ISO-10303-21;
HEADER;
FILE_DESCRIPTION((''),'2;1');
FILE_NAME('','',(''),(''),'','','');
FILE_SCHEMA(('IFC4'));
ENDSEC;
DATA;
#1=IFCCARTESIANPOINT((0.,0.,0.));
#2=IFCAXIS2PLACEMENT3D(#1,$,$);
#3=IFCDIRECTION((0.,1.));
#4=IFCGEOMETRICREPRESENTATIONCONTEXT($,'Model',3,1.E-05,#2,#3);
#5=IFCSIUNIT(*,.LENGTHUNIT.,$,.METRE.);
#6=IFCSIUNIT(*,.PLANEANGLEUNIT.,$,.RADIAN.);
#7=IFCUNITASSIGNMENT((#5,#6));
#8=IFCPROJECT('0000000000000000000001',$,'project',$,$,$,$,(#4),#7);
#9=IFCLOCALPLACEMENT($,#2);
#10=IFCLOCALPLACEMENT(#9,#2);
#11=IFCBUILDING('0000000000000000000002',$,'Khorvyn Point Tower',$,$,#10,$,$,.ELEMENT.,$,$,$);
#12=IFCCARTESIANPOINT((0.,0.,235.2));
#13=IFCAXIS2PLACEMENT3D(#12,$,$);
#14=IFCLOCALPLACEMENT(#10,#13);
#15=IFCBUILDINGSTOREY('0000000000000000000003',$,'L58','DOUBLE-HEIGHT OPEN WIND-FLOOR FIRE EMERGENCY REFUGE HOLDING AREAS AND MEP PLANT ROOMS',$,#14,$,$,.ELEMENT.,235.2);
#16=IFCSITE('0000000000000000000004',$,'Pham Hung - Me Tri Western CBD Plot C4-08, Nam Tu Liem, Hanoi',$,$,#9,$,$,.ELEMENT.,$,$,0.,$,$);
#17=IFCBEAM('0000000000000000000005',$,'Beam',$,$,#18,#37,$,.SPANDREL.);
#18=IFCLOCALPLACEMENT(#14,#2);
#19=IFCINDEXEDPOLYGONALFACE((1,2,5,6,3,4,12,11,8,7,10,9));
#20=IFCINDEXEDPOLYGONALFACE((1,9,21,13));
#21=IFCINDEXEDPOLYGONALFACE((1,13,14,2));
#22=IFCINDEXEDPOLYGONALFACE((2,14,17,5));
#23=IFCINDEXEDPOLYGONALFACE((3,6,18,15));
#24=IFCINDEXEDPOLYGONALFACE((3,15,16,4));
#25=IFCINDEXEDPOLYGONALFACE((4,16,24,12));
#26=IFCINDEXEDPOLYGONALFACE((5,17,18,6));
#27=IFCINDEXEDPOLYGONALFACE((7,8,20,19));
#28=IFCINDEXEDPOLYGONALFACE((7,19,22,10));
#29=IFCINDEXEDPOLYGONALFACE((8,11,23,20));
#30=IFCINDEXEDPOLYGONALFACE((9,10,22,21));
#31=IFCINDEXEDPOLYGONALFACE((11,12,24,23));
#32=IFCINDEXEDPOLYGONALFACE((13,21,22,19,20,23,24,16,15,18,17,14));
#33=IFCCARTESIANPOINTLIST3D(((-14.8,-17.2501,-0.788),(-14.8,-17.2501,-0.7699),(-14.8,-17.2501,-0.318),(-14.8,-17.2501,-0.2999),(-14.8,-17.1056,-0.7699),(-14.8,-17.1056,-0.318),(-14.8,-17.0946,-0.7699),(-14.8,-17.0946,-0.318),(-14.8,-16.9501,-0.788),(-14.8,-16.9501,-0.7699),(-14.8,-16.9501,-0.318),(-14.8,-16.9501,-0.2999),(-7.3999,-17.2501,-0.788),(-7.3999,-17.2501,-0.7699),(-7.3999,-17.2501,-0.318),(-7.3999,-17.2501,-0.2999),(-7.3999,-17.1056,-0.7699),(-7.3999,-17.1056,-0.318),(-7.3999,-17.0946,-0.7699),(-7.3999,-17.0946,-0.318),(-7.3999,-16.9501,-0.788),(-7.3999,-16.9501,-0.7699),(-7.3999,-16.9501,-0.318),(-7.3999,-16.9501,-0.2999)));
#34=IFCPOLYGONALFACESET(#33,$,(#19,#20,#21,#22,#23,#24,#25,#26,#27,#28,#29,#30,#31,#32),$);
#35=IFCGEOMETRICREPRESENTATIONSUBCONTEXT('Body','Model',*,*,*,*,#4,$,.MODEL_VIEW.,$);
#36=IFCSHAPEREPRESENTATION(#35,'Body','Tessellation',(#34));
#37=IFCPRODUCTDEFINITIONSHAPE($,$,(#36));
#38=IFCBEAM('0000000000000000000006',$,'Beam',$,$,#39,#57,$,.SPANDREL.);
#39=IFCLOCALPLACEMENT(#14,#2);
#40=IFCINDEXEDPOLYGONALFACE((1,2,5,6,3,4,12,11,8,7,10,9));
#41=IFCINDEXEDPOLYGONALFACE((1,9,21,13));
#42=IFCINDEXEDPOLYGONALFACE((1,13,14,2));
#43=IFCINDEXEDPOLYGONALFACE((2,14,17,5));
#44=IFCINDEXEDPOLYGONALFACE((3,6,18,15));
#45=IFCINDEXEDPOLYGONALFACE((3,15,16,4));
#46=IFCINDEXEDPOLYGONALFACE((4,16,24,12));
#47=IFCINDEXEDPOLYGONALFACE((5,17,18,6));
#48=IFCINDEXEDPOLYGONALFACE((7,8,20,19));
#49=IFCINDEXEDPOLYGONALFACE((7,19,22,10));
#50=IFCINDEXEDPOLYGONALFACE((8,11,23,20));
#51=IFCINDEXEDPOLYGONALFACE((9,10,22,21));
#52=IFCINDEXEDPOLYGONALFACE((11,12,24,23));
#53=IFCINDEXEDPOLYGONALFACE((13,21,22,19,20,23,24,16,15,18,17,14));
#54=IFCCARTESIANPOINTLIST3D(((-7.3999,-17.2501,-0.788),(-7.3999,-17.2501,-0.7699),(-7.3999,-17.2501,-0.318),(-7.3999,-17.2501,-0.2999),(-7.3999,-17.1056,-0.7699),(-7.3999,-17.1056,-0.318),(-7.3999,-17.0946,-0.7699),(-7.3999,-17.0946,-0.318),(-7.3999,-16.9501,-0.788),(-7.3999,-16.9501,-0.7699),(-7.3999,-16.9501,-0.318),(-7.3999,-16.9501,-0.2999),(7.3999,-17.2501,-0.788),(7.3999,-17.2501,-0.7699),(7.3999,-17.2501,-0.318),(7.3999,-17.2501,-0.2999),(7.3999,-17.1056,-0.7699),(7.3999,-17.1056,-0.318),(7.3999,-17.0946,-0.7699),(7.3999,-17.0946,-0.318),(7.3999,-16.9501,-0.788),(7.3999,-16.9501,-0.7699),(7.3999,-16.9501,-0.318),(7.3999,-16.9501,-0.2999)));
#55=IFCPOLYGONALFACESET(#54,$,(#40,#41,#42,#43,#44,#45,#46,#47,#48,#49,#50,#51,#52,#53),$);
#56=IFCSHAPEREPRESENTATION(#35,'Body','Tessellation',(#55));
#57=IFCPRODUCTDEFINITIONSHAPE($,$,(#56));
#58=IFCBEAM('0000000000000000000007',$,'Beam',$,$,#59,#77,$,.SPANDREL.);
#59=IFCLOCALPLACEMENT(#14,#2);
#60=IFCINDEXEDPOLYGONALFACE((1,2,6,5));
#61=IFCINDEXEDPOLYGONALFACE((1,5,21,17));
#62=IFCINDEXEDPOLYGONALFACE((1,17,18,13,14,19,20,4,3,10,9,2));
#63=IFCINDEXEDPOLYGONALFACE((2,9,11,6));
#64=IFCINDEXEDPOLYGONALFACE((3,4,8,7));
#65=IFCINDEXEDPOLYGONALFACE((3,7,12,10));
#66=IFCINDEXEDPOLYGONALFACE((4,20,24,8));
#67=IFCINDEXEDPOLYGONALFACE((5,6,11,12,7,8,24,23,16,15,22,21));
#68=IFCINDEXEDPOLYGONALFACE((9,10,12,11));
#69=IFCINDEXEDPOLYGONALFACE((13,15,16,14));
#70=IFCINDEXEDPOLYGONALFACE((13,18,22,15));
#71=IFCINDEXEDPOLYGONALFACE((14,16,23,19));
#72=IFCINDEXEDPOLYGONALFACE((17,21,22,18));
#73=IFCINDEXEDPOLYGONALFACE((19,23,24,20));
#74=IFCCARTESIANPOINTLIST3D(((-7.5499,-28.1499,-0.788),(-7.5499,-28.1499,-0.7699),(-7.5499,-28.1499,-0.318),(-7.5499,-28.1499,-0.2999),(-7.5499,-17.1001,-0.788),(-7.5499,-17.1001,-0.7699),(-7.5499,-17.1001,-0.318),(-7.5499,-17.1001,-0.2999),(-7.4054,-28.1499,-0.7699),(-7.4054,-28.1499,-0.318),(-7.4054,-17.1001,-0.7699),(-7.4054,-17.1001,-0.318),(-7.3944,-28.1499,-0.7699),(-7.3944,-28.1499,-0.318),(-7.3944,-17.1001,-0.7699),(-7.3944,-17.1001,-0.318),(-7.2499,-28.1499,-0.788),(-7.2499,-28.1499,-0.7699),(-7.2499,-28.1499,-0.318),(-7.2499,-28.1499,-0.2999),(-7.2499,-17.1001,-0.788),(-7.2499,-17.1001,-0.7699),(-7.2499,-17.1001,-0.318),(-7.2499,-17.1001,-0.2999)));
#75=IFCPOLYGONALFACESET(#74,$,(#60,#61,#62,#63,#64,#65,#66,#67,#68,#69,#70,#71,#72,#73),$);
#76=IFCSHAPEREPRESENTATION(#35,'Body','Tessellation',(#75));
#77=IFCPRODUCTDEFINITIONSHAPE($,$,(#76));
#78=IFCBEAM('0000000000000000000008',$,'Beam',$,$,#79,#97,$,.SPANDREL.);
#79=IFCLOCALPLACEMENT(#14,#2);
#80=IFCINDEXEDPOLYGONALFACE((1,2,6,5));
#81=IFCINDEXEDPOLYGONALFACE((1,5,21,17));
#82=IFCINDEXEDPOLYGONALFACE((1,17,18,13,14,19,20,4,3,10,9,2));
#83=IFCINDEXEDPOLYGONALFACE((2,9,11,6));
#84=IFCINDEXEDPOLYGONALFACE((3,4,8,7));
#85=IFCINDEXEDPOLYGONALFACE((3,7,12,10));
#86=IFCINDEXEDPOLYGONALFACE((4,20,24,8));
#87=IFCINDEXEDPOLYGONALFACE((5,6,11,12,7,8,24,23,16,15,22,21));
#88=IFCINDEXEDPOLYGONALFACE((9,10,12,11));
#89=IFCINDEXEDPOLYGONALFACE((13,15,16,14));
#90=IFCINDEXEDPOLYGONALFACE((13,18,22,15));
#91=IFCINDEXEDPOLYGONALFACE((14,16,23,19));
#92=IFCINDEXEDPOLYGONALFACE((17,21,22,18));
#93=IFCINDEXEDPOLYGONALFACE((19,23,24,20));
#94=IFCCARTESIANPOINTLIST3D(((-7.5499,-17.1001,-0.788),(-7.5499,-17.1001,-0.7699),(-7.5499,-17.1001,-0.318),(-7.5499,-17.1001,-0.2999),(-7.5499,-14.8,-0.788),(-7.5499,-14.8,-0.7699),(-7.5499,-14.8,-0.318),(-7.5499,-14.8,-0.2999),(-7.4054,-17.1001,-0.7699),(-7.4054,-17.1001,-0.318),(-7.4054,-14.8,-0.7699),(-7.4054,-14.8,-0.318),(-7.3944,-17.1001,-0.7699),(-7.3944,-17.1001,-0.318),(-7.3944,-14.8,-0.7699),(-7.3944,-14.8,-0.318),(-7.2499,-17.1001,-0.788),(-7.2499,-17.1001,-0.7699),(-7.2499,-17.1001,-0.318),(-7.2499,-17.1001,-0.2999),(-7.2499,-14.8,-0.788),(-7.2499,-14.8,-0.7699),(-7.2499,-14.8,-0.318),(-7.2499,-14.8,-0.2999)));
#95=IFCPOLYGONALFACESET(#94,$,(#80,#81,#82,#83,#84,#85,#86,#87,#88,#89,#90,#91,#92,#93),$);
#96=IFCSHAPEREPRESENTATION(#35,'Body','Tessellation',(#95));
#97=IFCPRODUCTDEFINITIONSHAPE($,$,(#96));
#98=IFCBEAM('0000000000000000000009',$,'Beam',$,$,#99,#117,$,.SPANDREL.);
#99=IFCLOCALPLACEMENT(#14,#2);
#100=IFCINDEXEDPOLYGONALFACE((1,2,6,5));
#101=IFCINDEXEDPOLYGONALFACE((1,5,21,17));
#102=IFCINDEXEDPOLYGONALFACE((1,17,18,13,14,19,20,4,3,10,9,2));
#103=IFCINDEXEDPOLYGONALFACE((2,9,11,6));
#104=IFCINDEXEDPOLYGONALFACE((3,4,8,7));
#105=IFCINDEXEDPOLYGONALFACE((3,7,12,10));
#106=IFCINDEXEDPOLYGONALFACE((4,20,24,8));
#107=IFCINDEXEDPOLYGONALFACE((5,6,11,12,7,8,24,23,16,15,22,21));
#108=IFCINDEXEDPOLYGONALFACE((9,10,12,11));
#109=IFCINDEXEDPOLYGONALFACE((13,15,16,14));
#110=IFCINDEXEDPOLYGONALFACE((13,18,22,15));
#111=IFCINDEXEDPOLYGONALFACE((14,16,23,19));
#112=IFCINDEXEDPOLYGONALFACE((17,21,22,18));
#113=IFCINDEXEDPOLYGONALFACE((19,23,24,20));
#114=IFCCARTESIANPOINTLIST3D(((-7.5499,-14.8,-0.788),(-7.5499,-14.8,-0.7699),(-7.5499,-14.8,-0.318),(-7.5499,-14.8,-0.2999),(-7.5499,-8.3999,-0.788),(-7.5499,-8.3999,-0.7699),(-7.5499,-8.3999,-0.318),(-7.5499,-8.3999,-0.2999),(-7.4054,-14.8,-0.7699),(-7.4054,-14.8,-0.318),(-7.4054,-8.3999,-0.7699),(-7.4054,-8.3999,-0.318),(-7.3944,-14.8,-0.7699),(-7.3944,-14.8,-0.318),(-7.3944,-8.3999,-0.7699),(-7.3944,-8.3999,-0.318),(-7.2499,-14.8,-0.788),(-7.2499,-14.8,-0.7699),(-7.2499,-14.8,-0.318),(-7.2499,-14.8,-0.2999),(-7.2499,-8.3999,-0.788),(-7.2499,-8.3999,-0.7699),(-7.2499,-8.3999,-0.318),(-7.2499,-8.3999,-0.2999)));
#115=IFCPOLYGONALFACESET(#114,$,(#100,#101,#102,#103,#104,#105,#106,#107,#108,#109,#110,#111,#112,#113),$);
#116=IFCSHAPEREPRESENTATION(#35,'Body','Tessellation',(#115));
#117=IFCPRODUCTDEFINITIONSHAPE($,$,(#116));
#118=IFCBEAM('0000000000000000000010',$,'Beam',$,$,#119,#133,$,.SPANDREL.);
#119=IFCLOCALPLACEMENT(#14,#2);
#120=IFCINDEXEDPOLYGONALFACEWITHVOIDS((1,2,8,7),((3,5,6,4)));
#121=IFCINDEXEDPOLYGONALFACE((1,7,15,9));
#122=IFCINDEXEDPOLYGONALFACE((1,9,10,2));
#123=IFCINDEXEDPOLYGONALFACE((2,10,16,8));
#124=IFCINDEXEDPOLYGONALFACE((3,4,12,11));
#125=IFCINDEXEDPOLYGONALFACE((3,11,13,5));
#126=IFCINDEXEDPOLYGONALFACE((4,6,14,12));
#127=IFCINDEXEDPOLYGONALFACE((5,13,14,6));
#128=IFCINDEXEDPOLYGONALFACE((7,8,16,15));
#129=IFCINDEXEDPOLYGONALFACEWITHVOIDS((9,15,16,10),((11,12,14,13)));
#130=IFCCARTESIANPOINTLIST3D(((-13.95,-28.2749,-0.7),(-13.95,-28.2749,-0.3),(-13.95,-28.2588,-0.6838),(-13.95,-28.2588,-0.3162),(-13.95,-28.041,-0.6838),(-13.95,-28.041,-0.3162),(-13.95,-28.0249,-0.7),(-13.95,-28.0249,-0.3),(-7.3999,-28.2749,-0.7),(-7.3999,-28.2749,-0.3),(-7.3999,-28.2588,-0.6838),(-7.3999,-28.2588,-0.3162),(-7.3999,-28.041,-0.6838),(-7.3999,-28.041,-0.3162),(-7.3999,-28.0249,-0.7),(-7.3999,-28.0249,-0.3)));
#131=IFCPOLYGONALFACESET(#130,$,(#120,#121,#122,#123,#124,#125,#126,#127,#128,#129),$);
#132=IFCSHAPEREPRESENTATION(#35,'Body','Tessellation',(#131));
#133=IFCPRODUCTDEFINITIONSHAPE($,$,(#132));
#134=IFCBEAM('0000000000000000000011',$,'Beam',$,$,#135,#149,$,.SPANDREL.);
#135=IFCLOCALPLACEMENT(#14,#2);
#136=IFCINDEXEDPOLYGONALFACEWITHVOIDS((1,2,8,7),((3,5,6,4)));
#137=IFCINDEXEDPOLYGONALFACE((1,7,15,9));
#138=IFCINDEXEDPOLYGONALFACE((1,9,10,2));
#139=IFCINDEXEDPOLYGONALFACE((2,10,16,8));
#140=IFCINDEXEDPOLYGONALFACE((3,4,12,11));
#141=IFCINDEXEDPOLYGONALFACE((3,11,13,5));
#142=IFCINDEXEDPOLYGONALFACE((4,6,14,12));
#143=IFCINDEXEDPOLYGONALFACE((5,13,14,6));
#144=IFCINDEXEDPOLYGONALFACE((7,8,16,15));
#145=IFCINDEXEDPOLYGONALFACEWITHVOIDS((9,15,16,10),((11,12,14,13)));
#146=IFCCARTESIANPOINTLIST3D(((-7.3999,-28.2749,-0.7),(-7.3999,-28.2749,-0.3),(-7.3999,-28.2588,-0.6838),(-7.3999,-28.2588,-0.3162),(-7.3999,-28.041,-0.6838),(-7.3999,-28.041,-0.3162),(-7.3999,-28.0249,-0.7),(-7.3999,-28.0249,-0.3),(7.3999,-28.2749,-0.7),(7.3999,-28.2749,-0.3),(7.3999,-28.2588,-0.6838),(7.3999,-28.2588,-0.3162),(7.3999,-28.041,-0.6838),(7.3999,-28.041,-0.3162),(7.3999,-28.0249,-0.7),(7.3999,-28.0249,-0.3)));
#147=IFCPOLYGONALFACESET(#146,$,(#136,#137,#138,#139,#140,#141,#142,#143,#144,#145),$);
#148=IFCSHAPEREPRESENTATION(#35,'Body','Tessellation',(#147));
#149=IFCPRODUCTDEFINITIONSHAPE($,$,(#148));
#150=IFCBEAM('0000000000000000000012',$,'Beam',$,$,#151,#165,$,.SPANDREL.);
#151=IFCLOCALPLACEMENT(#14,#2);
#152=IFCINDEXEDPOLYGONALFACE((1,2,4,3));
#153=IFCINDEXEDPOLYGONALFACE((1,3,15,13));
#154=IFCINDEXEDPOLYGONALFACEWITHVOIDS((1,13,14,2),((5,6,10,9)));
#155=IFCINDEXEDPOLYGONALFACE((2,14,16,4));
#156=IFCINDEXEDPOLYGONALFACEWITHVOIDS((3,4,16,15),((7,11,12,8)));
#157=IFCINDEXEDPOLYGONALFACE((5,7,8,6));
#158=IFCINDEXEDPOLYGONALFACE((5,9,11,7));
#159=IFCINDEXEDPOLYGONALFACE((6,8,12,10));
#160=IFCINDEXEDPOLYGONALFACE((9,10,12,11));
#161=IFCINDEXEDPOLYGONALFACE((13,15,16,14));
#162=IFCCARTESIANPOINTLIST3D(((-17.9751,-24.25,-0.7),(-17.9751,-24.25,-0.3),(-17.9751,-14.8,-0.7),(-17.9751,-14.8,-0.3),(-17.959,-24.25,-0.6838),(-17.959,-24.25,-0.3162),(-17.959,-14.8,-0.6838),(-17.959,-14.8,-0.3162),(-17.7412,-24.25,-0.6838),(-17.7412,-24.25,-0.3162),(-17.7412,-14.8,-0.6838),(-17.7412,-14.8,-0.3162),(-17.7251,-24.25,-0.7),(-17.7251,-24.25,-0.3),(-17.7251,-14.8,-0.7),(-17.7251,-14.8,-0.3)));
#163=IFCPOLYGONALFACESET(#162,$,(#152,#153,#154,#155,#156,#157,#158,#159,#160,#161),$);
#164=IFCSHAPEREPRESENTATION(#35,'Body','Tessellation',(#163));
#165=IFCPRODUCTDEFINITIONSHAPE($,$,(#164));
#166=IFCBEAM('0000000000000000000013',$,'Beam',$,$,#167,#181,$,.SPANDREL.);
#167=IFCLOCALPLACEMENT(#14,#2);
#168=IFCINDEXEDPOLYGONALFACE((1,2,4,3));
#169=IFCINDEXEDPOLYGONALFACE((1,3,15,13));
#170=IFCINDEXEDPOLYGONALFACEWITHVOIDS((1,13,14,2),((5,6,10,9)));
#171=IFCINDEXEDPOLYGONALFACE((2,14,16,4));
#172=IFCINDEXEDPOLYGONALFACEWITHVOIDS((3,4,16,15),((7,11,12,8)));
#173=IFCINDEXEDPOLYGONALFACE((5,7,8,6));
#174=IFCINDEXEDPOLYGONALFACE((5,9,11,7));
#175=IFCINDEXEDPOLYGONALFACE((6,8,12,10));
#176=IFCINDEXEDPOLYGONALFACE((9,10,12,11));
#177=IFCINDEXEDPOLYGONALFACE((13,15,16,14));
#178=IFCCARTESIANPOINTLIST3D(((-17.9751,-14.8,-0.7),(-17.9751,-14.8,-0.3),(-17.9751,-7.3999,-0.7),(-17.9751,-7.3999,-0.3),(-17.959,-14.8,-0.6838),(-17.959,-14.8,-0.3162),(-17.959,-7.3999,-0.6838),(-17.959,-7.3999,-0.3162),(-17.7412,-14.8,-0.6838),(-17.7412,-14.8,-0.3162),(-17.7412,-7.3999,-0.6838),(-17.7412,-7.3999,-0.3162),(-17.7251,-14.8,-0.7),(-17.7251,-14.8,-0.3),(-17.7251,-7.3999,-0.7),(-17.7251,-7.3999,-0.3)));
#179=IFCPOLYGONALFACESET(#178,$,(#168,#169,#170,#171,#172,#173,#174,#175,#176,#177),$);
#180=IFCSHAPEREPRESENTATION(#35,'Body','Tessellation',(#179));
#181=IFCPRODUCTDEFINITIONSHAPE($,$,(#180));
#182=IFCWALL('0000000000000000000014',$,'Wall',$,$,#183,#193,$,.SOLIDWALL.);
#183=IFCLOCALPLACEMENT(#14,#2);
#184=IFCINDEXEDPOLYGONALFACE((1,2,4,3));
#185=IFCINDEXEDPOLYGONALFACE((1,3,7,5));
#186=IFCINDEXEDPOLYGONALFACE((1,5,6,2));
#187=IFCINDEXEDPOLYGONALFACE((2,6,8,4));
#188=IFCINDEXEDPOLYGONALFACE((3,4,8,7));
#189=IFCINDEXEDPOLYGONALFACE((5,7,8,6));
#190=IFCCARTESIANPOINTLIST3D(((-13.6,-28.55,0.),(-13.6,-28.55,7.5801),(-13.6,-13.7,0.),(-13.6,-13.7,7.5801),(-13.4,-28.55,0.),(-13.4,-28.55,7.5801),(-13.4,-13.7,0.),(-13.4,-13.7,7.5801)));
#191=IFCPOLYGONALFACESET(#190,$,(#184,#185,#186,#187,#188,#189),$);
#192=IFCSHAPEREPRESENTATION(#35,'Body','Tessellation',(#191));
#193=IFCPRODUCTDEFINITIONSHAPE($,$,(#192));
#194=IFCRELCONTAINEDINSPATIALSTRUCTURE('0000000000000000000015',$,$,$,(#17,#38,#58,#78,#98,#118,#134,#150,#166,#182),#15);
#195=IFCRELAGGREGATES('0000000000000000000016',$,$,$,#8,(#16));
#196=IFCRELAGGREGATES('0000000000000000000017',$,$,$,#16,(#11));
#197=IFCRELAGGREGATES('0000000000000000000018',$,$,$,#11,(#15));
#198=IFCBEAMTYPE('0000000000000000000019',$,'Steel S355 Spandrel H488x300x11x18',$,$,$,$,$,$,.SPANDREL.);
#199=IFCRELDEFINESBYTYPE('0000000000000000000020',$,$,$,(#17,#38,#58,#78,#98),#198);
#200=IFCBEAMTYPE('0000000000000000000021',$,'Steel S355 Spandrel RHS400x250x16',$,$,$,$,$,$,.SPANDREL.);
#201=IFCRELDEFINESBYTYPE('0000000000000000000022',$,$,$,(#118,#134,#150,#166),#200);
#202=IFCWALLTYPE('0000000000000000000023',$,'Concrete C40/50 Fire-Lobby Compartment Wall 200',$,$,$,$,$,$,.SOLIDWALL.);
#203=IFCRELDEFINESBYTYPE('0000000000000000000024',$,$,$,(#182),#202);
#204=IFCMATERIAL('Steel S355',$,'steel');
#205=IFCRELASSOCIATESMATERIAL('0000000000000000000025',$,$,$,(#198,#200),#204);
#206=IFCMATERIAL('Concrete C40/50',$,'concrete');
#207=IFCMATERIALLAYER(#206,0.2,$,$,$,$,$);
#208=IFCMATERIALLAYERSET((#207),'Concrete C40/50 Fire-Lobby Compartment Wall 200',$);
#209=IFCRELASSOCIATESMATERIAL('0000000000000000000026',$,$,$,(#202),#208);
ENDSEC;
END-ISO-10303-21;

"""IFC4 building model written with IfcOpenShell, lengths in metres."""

from ifc_helpers import new_model, si_unit, direction, frame, frame_2d, origin, origin_2d, place, context, subcontext, project, spatial, rectangle, hollow_rectangle, i_section, extrude, material, layer, layer_set, material_profile, profile_set, type_object, element, save


model = new_model("IFC4")

# Units and contexts
model_context = context("Model", 3, precision=1e-05, world=origin(), true_north=direction((0.0, 1.0)))
body_context = subcontext(model_context, "Body", "Model", "MODEL_VIEW")
ifc_project = project(units=[si_unit("LENGTHUNIT", "METRE"), si_unit("PLANEANGLEUNIT", "RADIAN")], contexts=[model_context])

# Site, building, storey
site_placement = place(None, origin())
site = spatial("IfcSite", under=ifc_project, at=site_placement, Name="Pham Hung - Me Tri Western CBD Plot C4-08, Nam Tu Liem, Hanoi", CompositionType="ELEMENT", RefElevation=0.0)
building_placement = place(site_placement, origin())
building = spatial("IfcBuilding", under=site, at=building_placement, Name="Khorvyn Point Tower", CompositionType="ELEMENT")
storey_placement = place(building_placement, frame((0.0, 0.0, 235.2)))
storey = spatial("IfcBuildingStorey", under=building, at=storey_placement, Name="L58", Description="DOUBLE-HEIGHT OPEN WIND-FLOOR FIRE EMERGENCY REFUGE HOLDING AREAS AND MEP PLANT ROOMS", CompositionType="ELEMENT", Elevation=235.2)

# Beams
ifc_material_1 = material(Name="Steel S355", Category="steel")
ifc_material_profile_1 = material_profile(ifc_material_1, i_section(OverallWidth=0.3, OverallDepth=0.488, WebThickness=0.011, FlangeThickness=0.0181, at=origin_2d()))
ifc_profile_set_1 = profile_set([ifc_material_profile_1], Name="Steel S355 H488x300x11x18")
beam_type_1 = type_object("IfcBeamType", Name="Steel S355 Spandrel H488x300x11x18", PredefinedType="SPANDREL", material=ifc_profile_set_1)
beam_1_placement = place(storey_placement, frame((-14.8, -17.1001, -0.5439), z_axis=(1.0, 0.0, 0.0), x_axis=(0.0, 1.0, 0.0)))
element("IfcBeam", 1, at=beam_1_placement, inside=storey, type_object=beam_type_1, Name="Beam", PredefinedType="SPANDREL", context=body_context, shape_type="SweptSolid", body=[
    extrude(i_section(OverallWidth=0.3, OverallDepth=0.488, WebThickness=0.011, FlangeThickness=0.0181, at=origin_2d()), origin(), (0.0, 0.0, 1.0), 7.4001),
])
beam_2_placement = place(storey_placement, frame((-7.3999, -17.1001, -0.5439), z_axis=(1.0, 0.0, 0.0), x_axis=(0.0, 1.0, 0.0)))
element("IfcBeam", 2, at=beam_2_placement, inside=storey, type_object=beam_type_1, Name="Beam", PredefinedType="SPANDREL", context=body_context, shape_type="SweptSolid", body=[
    extrude(i_section(OverallWidth=0.3, OverallDepth=0.488, WebThickness=0.011, FlangeThickness=0.0181, at=origin_2d()), origin(), (0.0, 0.0, 1.0), 14.7998),
])
beam_3_placement = place(storey_placement, frame((-7.3999, -28.1499, -0.5439), z_axis=(0.0, 1.0, 0.0), x_axis=(-1.0, 0.0, 0.0)))
element("IfcBeam", 3, at=beam_3_placement, inside=storey, type_object=beam_type_1, Name="Beam", PredefinedType="SPANDREL", context=body_context, shape_type="SweptSolid", body=[
    extrude(i_section(OverallWidth=0.3, OverallDepth=0.488, WebThickness=0.011, FlangeThickness=0.0181, at=origin_2d()), origin(), (0.0, 0.0, 1.0), 11.0498),
])
beam_4_placement = place(storey_placement, frame((-7.3999, -17.1001, -0.5439), z_axis=(0.0, 1.0, 0.0), x_axis=(-1.0, 0.0, 0.0)))
element("IfcBeam", 4, at=beam_4_placement, inside=storey, type_object=beam_type_1, Name="Beam", PredefinedType="SPANDREL", context=body_context, shape_type="SweptSolid", body=[
    extrude(i_section(OverallWidth=0.3, OverallDepth=0.488, WebThickness=0.011, FlangeThickness=0.0181, at=origin_2d()), origin(), (0.0, 0.0, 1.0), 2.3),
])
beam_5_placement = place(storey_placement, frame((-7.3999, -14.8, -0.5439), z_axis=(0.0, 1.0, 0.0), x_axis=(-1.0, 0.0, 0.0)))
element("IfcBeam", 5, at=beam_5_placement, inside=storey, type_object=beam_type_1, Name="Beam", PredefinedType="SPANDREL", context=body_context, shape_type="SweptSolid", body=[
    extrude(i_section(OverallWidth=0.3, OverallDepth=0.488, WebThickness=0.011, FlangeThickness=0.0181, at=origin_2d()), origin(), (0.0, 0.0, 1.0), 6.4001),
])
ifc_material_profile_2 = material_profile(ifc_material_1, hollow_rectangle(XDim=0.25, YDim=0.3999, WallThickness=0.0161, at=origin_2d()))
ifc_profile_set_2 = profile_set([ifc_material_profile_2], Name="Steel S355 RHS400x250x16")
beam_type_2 = type_object("IfcBeamType", Name="Steel S355 Spandrel RHS400x250x16", PredefinedType="SPANDREL", material=ifc_profile_set_2)
beam_6_placement = place(storey_placement, frame((-13.95, -28.1499, -0.5), z_axis=(1.0, 0.0, 0.0), x_axis=(0.0, 1.0, 0.0)))
element("IfcBeam", 6, at=beam_6_placement, inside=storey, type_object=beam_type_2, Name="Beam", PredefinedType="SPANDREL", context=body_context, shape_type="SweptSolid", body=[
    extrude(hollow_rectangle(XDim=0.25, YDim=0.3999, WallThickness=0.0161, at=origin_2d()), origin(), (0.0, 0.0, 1.0), 6.55),
])
beam_7_placement = place(storey_placement, frame((-7.3999, -28.1499, -0.5), z_axis=(1.0, 0.0, 0.0), x_axis=(0.0, 1.0, 0.0)))
element("IfcBeam", 7, at=beam_7_placement, inside=storey, type_object=beam_type_2, Name="Beam", PredefinedType="SPANDREL", context=body_context, shape_type="SweptSolid", body=[
    extrude(hollow_rectangle(XDim=0.25, YDim=0.3999, WallThickness=0.0161, at=origin_2d()), origin(), (0.0, 0.0, 1.0), 14.7998),
])
beam_8_placement = place(storey_placement, frame((-17.8501, -24.25, -0.5), z_axis=(0.0, 1.0, 0.0), x_axis=(-1.0, 0.0, 0.0)))
element("IfcBeam", 8, at=beam_8_placement, inside=storey, type_object=beam_type_2, Name="Beam", PredefinedType="SPANDREL", context=body_context, shape_type="SweptSolid", body=[
    extrude(hollow_rectangle(XDim=0.25, YDim=0.3999, WallThickness=0.0161, at=origin_2d()), origin(), (0.0, 0.0, 1.0), 9.45),
])
beam_9_placement = place(storey_placement, frame((-17.8501, -14.8, -0.5), z_axis=(0.0, 1.0, 0.0), x_axis=(-1.0, 0.0, 0.0)))
element("IfcBeam", 9, at=beam_9_placement, inside=storey, type_object=beam_type_2, Name="Beam", PredefinedType="SPANDREL", context=body_context, shape_type="SweptSolid", body=[
    extrude(hollow_rectangle(XDim=0.25, YDim=0.3999, WallThickness=0.0161, at=origin_2d()), origin(), (0.0, 0.0, 1.0), 7.4001),
])

# Wall
ifc_material_2 = material(Name="Concrete C40/50", Category="concrete")
ifc_layer = layer(ifc_material_2, 0.2)
ifc_layer_set = layer_set([ifc_layer], Name="Concrete C40/50 Fire-Lobby Compartment Wall 200")
wall_type = type_object("IfcWallType", Name="Concrete C40/50 Fire-Lobby Compartment Wall 200", PredefinedType="SOLIDWALL", material=ifc_layer_set)
wall_placement = place(storey_placement, frame((-13.5, -28.55, 0.0), z_axis=(0.0, 0.0, 1.0), x_axis=(0.0, 1.0, 0.0)))
element("IfcWall", 10, at=wall_placement, inside=storey, type_object=wall_type, Name="Wall", PredefinedType="SOLIDWALL", context=body_context, shape_type="SweptSolid", body=[
    extrude(rectangle(XDim=14.8501, YDim=0.2, at=frame_2d((7.425, 0.0))), origin(), (0.0, 0.0, 1.0), 7.5801),
])

save(model, "model.ifc")
